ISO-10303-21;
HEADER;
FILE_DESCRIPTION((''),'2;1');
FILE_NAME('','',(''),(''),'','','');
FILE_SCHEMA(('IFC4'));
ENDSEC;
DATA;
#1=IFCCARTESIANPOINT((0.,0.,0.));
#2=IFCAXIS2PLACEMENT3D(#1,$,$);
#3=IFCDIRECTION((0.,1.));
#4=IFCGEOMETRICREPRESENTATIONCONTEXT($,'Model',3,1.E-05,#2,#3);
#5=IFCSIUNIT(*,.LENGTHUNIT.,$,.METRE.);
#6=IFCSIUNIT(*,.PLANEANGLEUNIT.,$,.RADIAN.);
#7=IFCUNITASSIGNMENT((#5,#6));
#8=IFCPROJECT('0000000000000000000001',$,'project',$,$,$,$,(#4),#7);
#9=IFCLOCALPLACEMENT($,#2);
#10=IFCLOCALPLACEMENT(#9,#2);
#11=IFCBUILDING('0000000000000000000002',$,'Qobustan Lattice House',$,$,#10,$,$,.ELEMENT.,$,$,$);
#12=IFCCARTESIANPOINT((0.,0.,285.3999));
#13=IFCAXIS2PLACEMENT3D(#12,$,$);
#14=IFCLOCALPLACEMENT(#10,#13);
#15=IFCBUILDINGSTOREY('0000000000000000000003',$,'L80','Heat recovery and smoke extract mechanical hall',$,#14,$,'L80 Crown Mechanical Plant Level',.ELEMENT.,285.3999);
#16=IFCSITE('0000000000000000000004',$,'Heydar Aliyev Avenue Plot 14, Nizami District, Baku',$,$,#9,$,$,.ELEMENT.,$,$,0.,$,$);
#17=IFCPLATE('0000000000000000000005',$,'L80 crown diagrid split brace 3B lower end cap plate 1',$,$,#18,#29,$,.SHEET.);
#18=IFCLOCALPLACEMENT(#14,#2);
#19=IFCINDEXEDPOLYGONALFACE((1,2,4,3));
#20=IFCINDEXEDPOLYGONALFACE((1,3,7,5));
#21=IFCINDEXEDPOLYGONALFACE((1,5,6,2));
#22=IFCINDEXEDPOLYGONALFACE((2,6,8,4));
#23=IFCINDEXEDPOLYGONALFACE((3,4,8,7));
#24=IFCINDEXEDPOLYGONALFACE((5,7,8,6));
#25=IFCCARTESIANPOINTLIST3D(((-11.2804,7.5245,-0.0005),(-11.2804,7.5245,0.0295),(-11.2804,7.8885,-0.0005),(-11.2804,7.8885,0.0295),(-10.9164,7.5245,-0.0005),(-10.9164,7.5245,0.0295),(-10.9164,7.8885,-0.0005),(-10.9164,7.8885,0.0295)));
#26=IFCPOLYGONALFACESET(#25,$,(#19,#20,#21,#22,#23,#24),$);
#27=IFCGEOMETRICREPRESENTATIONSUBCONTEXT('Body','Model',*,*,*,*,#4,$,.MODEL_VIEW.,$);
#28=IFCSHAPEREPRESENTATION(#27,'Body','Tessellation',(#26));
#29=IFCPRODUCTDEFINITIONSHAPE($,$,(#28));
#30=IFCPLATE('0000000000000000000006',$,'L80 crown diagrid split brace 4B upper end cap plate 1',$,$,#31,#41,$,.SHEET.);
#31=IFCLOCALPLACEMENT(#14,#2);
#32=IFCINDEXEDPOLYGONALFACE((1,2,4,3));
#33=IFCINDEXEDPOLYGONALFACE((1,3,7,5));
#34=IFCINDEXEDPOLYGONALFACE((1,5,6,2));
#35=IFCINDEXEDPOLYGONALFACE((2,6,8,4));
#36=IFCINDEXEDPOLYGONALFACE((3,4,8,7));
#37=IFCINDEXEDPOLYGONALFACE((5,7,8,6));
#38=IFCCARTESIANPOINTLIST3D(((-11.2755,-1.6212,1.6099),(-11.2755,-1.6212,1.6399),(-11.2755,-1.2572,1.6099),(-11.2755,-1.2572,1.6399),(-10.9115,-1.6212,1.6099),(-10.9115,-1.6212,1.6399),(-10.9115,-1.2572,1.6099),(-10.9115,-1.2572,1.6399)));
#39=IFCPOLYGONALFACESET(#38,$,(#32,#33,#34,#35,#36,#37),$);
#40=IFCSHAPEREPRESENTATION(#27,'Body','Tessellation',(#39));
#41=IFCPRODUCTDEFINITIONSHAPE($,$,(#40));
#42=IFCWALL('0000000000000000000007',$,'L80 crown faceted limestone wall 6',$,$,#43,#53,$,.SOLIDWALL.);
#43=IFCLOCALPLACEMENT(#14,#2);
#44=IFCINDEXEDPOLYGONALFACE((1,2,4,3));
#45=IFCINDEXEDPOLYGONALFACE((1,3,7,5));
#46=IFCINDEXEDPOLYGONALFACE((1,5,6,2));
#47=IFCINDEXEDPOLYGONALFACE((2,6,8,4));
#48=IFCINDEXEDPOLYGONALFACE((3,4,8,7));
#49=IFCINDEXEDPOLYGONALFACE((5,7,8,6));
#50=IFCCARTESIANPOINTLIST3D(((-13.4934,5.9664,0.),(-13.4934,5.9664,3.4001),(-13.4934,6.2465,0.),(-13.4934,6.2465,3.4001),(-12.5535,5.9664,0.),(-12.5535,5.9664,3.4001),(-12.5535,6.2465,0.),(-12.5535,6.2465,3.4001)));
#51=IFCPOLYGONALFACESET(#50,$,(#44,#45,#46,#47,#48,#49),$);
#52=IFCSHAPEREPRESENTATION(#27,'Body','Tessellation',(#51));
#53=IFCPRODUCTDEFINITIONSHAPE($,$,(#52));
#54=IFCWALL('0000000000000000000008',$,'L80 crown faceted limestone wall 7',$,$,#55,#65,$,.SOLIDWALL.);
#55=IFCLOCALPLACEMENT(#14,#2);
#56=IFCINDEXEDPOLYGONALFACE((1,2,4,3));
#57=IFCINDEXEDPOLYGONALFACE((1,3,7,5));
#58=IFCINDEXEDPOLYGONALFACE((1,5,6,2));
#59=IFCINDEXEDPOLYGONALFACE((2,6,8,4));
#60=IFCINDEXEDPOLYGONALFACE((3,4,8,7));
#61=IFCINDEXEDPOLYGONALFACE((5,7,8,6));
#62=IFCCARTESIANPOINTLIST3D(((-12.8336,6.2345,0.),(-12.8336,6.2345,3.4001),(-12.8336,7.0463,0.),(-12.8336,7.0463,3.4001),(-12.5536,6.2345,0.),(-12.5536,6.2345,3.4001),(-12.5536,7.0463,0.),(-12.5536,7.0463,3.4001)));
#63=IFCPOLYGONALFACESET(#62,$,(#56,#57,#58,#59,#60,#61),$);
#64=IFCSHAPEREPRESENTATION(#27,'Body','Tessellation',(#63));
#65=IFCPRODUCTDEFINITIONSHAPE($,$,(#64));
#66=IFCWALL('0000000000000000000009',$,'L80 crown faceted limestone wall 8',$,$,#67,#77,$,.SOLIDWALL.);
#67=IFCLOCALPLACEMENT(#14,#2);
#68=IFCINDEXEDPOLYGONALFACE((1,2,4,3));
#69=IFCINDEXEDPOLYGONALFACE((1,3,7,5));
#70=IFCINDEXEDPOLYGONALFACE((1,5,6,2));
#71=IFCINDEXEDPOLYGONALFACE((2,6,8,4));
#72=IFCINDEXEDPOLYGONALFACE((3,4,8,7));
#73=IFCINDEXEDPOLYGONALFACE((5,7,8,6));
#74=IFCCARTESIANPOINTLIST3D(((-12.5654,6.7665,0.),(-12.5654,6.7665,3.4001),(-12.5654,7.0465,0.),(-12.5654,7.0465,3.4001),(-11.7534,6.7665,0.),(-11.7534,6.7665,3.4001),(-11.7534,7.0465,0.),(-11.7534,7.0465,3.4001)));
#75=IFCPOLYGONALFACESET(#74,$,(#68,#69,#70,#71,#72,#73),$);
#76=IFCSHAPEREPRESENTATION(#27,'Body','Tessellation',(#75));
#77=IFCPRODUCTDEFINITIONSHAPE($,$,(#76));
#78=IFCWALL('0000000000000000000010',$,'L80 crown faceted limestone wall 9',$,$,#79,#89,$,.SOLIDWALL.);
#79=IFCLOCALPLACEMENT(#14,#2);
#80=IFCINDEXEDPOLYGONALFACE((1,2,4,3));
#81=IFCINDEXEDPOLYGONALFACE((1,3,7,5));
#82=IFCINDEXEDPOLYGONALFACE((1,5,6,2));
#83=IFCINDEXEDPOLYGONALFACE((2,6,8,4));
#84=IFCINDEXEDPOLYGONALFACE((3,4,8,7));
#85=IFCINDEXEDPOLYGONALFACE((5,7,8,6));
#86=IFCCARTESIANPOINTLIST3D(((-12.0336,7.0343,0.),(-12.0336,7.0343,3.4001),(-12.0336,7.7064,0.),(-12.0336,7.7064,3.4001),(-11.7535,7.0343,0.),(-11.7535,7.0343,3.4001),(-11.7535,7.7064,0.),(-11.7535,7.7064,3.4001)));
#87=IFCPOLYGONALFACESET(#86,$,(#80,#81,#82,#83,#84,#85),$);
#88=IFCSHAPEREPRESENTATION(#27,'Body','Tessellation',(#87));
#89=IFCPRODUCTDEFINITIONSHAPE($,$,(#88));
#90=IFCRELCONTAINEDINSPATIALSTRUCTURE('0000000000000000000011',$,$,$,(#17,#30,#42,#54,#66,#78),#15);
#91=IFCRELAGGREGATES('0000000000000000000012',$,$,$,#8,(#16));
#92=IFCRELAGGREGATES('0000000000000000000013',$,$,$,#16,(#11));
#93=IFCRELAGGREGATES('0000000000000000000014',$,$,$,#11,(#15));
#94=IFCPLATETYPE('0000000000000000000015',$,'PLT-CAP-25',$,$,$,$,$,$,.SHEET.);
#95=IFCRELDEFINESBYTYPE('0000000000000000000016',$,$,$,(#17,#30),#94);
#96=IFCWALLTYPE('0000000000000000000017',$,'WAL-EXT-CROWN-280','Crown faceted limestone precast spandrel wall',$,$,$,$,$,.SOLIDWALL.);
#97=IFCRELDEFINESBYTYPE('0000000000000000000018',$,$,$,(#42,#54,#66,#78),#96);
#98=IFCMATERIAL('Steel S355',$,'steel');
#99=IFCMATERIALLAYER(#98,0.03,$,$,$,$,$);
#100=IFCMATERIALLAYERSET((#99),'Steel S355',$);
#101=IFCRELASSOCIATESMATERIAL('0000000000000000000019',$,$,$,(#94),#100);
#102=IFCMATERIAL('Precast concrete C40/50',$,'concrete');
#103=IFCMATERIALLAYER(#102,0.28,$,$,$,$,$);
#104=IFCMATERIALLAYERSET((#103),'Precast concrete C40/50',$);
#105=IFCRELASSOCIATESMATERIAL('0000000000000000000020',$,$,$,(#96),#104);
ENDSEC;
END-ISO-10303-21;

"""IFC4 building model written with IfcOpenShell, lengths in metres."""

from ifc_helpers import new_model, si_unit, direction, frame, frame_2d, origin, origin_2d, place, context, subcontext, project, spatial, rectangle, extrude, material, layer, layer_set, type_object, element, save


model = new_model("IFC4")

# Units and contexts
model_context = context("Model", 3, precision=1e-05, world=origin(), true_north=direction((0.0, 1.0)))
body_context = subcontext(model_context, "Body", "Model", "MODEL_VIEW")
ifc_project = project(units=[si_unit("LENGTHUNIT", "METRE"), si_unit("PLANEANGLEUNIT", "RADIAN")], contexts=[model_context])

# Site, building, storey
site_placement = place(None, origin())
site = spatial("IfcSite", under=ifc_project, at=site_placement, Name="Heydar Aliyev Avenue Plot 14, Nizami District, Baku", CompositionType="ELEMENT", RefElevation=0.0)
building_placement = place(site_placement, origin())
building = spatial("IfcBuilding", under=site, at=building_placement, Name="Qobustan Lattice House", CompositionType="ELEMENT")
storey_placement = place(building_placement, frame((0.0, 0.0, 285.3999)))
storey = spatial("IfcBuildingStorey", under=building, at=storey_placement, Name="L80", Description="Heat recovery and smoke extract mechanical hall", LongName="L80 Crown Mechanical Plant Level", CompositionType="ELEMENT", Elevation=285.3999)

# Plates
ifc_material_1 = material(Name="Steel S355", Category="steel")
ifc_layer_1 = layer(ifc_material_1, 0.03)
ifc_layer_set_1 = layer_set([ifc_layer_1], Name="Steel S355")
plate_type_1 = type_object("IfcPlateType", Name="PLT-CAP-25", PredefinedType="SHEET", material=ifc_layer_set_1)
for number, where, z_axis, x_axis, name in (
    (1, (-11.0984, 7.7065, -0.0005), (0.0, 0.0, 1.0), (1.0, 0.0, 0.0), "L80 crown diagrid split brace 3B lower end cap plate 1"),
    (2, (-11.0935, -1.4392, 1.6099), (0.0, 0.0, 1.0), (0.0, 1.0, 0.0), "L80 crown diagrid split brace 4B upper end cap plate 1"),
):
    element("IfcPlate", number, at=place(storey_placement, frame(where, z_axis=z_axis, x_axis=x_axis)), inside=storey, type_object=plate_type_1, Name=name, PredefinedType="SHEET", context=body_context, shape_type="SweptSolid", body=[
        extrude(rectangle(XDim=0.364, YDim=0.364, at=origin_2d()), origin(), (0.0, 0.0, 1.0), 0.03),
    ])

# Walls
ifc_material_2 = material(Name="Precast concrete C40/50", Category="concrete")
ifc_layer_2 = layer(ifc_material_2, 0.28)
ifc_layer_set_2 = layer_set([ifc_layer_2], Name="Precast concrete C40/50")
wall_type = type_object("IfcWallType", Name="WAL-EXT-CROWN-280", Description="Crown faceted limestone precast spandrel wall", PredefinedType="SOLIDWALL", material=ifc_layer_set_2)
wall_1_placement = place(storey_placement, frame((-13.4934, 6.1064, 0.0), z_axis=(0.0, 0.0, 1.0), x_axis=(1.0, 0.0, 0.0)))
element("IfcWall", 3, at=wall_1_placement, inside=storey, type_object=wall_type, Name="L80 crown faceted limestone wall 6", PredefinedType="SOLIDWALL", context=body_context, shape_type="SweptSolid", body=[
    extrude(rectangle(XDim=0.9399, YDim=0.28, at=frame_2d((0.47, 0.0))), origin(), (0.0, 0.0, 1.0), 3.4001),
])
wall_2_placement = place(storey_placement, frame((-12.6936, 6.2346, 0.0), z_axis=(0.0, 0.0, 1.0), x_axis=(0.0, 1.0, 0.0)))
element("IfcWall", 4, at=wall_2_placement, inside=storey, type_object=wall_type, Name="L80 crown faceted limestone wall 7", PredefinedType="SOLIDWALL", context=body_context, shape_type="SweptSolid", body=[
    extrude(rectangle(XDim=0.8118, YDim=0.28, at=frame_2d((0.4058, 0.0))), origin(), (0.0, 0.0, 1.0), 3.4001),
])
wall_3_placement = place(storey_placement, frame((-12.5654, 6.9065, 0.0), z_axis=(0.0, 0.0, 1.0), x_axis=(1.0, 0.0, 0.0)))
element("IfcWall", 5, at=wall_3_placement, inside=storey, type_object=wall_type, Name="L80 crown faceted limestone wall 8", PredefinedType="SOLIDWALL", context=body_context, shape_type="SweptSolid", body=[
    extrude(rectangle(XDim=0.812, YDim=0.28, at=frame_2d((0.406, 0.0))), origin(), (0.0, 0.0, 1.0), 3.4001),
])
wall_4_placement = place(storey_placement, frame((-11.8936, 7.0344, 0.0), z_axis=(0.0, 0.0, 1.0), x_axis=(0.0, 1.0, 0.0)))
element("IfcWall", 6, at=wall_4_placement, inside=storey, type_object=wall_type, Name="L80 crown faceted limestone wall 9", PredefinedType="SOLIDWALL", context=body_context, shape_type="SweptSolid", body=[
    extrude(rectangle(XDim=0.6721, YDim=0.28, at=frame_2d((0.3359, 0.0))), origin(), (0.0, 0.0, 1.0), 3.4001),
])

save(model, "model.ifc")
